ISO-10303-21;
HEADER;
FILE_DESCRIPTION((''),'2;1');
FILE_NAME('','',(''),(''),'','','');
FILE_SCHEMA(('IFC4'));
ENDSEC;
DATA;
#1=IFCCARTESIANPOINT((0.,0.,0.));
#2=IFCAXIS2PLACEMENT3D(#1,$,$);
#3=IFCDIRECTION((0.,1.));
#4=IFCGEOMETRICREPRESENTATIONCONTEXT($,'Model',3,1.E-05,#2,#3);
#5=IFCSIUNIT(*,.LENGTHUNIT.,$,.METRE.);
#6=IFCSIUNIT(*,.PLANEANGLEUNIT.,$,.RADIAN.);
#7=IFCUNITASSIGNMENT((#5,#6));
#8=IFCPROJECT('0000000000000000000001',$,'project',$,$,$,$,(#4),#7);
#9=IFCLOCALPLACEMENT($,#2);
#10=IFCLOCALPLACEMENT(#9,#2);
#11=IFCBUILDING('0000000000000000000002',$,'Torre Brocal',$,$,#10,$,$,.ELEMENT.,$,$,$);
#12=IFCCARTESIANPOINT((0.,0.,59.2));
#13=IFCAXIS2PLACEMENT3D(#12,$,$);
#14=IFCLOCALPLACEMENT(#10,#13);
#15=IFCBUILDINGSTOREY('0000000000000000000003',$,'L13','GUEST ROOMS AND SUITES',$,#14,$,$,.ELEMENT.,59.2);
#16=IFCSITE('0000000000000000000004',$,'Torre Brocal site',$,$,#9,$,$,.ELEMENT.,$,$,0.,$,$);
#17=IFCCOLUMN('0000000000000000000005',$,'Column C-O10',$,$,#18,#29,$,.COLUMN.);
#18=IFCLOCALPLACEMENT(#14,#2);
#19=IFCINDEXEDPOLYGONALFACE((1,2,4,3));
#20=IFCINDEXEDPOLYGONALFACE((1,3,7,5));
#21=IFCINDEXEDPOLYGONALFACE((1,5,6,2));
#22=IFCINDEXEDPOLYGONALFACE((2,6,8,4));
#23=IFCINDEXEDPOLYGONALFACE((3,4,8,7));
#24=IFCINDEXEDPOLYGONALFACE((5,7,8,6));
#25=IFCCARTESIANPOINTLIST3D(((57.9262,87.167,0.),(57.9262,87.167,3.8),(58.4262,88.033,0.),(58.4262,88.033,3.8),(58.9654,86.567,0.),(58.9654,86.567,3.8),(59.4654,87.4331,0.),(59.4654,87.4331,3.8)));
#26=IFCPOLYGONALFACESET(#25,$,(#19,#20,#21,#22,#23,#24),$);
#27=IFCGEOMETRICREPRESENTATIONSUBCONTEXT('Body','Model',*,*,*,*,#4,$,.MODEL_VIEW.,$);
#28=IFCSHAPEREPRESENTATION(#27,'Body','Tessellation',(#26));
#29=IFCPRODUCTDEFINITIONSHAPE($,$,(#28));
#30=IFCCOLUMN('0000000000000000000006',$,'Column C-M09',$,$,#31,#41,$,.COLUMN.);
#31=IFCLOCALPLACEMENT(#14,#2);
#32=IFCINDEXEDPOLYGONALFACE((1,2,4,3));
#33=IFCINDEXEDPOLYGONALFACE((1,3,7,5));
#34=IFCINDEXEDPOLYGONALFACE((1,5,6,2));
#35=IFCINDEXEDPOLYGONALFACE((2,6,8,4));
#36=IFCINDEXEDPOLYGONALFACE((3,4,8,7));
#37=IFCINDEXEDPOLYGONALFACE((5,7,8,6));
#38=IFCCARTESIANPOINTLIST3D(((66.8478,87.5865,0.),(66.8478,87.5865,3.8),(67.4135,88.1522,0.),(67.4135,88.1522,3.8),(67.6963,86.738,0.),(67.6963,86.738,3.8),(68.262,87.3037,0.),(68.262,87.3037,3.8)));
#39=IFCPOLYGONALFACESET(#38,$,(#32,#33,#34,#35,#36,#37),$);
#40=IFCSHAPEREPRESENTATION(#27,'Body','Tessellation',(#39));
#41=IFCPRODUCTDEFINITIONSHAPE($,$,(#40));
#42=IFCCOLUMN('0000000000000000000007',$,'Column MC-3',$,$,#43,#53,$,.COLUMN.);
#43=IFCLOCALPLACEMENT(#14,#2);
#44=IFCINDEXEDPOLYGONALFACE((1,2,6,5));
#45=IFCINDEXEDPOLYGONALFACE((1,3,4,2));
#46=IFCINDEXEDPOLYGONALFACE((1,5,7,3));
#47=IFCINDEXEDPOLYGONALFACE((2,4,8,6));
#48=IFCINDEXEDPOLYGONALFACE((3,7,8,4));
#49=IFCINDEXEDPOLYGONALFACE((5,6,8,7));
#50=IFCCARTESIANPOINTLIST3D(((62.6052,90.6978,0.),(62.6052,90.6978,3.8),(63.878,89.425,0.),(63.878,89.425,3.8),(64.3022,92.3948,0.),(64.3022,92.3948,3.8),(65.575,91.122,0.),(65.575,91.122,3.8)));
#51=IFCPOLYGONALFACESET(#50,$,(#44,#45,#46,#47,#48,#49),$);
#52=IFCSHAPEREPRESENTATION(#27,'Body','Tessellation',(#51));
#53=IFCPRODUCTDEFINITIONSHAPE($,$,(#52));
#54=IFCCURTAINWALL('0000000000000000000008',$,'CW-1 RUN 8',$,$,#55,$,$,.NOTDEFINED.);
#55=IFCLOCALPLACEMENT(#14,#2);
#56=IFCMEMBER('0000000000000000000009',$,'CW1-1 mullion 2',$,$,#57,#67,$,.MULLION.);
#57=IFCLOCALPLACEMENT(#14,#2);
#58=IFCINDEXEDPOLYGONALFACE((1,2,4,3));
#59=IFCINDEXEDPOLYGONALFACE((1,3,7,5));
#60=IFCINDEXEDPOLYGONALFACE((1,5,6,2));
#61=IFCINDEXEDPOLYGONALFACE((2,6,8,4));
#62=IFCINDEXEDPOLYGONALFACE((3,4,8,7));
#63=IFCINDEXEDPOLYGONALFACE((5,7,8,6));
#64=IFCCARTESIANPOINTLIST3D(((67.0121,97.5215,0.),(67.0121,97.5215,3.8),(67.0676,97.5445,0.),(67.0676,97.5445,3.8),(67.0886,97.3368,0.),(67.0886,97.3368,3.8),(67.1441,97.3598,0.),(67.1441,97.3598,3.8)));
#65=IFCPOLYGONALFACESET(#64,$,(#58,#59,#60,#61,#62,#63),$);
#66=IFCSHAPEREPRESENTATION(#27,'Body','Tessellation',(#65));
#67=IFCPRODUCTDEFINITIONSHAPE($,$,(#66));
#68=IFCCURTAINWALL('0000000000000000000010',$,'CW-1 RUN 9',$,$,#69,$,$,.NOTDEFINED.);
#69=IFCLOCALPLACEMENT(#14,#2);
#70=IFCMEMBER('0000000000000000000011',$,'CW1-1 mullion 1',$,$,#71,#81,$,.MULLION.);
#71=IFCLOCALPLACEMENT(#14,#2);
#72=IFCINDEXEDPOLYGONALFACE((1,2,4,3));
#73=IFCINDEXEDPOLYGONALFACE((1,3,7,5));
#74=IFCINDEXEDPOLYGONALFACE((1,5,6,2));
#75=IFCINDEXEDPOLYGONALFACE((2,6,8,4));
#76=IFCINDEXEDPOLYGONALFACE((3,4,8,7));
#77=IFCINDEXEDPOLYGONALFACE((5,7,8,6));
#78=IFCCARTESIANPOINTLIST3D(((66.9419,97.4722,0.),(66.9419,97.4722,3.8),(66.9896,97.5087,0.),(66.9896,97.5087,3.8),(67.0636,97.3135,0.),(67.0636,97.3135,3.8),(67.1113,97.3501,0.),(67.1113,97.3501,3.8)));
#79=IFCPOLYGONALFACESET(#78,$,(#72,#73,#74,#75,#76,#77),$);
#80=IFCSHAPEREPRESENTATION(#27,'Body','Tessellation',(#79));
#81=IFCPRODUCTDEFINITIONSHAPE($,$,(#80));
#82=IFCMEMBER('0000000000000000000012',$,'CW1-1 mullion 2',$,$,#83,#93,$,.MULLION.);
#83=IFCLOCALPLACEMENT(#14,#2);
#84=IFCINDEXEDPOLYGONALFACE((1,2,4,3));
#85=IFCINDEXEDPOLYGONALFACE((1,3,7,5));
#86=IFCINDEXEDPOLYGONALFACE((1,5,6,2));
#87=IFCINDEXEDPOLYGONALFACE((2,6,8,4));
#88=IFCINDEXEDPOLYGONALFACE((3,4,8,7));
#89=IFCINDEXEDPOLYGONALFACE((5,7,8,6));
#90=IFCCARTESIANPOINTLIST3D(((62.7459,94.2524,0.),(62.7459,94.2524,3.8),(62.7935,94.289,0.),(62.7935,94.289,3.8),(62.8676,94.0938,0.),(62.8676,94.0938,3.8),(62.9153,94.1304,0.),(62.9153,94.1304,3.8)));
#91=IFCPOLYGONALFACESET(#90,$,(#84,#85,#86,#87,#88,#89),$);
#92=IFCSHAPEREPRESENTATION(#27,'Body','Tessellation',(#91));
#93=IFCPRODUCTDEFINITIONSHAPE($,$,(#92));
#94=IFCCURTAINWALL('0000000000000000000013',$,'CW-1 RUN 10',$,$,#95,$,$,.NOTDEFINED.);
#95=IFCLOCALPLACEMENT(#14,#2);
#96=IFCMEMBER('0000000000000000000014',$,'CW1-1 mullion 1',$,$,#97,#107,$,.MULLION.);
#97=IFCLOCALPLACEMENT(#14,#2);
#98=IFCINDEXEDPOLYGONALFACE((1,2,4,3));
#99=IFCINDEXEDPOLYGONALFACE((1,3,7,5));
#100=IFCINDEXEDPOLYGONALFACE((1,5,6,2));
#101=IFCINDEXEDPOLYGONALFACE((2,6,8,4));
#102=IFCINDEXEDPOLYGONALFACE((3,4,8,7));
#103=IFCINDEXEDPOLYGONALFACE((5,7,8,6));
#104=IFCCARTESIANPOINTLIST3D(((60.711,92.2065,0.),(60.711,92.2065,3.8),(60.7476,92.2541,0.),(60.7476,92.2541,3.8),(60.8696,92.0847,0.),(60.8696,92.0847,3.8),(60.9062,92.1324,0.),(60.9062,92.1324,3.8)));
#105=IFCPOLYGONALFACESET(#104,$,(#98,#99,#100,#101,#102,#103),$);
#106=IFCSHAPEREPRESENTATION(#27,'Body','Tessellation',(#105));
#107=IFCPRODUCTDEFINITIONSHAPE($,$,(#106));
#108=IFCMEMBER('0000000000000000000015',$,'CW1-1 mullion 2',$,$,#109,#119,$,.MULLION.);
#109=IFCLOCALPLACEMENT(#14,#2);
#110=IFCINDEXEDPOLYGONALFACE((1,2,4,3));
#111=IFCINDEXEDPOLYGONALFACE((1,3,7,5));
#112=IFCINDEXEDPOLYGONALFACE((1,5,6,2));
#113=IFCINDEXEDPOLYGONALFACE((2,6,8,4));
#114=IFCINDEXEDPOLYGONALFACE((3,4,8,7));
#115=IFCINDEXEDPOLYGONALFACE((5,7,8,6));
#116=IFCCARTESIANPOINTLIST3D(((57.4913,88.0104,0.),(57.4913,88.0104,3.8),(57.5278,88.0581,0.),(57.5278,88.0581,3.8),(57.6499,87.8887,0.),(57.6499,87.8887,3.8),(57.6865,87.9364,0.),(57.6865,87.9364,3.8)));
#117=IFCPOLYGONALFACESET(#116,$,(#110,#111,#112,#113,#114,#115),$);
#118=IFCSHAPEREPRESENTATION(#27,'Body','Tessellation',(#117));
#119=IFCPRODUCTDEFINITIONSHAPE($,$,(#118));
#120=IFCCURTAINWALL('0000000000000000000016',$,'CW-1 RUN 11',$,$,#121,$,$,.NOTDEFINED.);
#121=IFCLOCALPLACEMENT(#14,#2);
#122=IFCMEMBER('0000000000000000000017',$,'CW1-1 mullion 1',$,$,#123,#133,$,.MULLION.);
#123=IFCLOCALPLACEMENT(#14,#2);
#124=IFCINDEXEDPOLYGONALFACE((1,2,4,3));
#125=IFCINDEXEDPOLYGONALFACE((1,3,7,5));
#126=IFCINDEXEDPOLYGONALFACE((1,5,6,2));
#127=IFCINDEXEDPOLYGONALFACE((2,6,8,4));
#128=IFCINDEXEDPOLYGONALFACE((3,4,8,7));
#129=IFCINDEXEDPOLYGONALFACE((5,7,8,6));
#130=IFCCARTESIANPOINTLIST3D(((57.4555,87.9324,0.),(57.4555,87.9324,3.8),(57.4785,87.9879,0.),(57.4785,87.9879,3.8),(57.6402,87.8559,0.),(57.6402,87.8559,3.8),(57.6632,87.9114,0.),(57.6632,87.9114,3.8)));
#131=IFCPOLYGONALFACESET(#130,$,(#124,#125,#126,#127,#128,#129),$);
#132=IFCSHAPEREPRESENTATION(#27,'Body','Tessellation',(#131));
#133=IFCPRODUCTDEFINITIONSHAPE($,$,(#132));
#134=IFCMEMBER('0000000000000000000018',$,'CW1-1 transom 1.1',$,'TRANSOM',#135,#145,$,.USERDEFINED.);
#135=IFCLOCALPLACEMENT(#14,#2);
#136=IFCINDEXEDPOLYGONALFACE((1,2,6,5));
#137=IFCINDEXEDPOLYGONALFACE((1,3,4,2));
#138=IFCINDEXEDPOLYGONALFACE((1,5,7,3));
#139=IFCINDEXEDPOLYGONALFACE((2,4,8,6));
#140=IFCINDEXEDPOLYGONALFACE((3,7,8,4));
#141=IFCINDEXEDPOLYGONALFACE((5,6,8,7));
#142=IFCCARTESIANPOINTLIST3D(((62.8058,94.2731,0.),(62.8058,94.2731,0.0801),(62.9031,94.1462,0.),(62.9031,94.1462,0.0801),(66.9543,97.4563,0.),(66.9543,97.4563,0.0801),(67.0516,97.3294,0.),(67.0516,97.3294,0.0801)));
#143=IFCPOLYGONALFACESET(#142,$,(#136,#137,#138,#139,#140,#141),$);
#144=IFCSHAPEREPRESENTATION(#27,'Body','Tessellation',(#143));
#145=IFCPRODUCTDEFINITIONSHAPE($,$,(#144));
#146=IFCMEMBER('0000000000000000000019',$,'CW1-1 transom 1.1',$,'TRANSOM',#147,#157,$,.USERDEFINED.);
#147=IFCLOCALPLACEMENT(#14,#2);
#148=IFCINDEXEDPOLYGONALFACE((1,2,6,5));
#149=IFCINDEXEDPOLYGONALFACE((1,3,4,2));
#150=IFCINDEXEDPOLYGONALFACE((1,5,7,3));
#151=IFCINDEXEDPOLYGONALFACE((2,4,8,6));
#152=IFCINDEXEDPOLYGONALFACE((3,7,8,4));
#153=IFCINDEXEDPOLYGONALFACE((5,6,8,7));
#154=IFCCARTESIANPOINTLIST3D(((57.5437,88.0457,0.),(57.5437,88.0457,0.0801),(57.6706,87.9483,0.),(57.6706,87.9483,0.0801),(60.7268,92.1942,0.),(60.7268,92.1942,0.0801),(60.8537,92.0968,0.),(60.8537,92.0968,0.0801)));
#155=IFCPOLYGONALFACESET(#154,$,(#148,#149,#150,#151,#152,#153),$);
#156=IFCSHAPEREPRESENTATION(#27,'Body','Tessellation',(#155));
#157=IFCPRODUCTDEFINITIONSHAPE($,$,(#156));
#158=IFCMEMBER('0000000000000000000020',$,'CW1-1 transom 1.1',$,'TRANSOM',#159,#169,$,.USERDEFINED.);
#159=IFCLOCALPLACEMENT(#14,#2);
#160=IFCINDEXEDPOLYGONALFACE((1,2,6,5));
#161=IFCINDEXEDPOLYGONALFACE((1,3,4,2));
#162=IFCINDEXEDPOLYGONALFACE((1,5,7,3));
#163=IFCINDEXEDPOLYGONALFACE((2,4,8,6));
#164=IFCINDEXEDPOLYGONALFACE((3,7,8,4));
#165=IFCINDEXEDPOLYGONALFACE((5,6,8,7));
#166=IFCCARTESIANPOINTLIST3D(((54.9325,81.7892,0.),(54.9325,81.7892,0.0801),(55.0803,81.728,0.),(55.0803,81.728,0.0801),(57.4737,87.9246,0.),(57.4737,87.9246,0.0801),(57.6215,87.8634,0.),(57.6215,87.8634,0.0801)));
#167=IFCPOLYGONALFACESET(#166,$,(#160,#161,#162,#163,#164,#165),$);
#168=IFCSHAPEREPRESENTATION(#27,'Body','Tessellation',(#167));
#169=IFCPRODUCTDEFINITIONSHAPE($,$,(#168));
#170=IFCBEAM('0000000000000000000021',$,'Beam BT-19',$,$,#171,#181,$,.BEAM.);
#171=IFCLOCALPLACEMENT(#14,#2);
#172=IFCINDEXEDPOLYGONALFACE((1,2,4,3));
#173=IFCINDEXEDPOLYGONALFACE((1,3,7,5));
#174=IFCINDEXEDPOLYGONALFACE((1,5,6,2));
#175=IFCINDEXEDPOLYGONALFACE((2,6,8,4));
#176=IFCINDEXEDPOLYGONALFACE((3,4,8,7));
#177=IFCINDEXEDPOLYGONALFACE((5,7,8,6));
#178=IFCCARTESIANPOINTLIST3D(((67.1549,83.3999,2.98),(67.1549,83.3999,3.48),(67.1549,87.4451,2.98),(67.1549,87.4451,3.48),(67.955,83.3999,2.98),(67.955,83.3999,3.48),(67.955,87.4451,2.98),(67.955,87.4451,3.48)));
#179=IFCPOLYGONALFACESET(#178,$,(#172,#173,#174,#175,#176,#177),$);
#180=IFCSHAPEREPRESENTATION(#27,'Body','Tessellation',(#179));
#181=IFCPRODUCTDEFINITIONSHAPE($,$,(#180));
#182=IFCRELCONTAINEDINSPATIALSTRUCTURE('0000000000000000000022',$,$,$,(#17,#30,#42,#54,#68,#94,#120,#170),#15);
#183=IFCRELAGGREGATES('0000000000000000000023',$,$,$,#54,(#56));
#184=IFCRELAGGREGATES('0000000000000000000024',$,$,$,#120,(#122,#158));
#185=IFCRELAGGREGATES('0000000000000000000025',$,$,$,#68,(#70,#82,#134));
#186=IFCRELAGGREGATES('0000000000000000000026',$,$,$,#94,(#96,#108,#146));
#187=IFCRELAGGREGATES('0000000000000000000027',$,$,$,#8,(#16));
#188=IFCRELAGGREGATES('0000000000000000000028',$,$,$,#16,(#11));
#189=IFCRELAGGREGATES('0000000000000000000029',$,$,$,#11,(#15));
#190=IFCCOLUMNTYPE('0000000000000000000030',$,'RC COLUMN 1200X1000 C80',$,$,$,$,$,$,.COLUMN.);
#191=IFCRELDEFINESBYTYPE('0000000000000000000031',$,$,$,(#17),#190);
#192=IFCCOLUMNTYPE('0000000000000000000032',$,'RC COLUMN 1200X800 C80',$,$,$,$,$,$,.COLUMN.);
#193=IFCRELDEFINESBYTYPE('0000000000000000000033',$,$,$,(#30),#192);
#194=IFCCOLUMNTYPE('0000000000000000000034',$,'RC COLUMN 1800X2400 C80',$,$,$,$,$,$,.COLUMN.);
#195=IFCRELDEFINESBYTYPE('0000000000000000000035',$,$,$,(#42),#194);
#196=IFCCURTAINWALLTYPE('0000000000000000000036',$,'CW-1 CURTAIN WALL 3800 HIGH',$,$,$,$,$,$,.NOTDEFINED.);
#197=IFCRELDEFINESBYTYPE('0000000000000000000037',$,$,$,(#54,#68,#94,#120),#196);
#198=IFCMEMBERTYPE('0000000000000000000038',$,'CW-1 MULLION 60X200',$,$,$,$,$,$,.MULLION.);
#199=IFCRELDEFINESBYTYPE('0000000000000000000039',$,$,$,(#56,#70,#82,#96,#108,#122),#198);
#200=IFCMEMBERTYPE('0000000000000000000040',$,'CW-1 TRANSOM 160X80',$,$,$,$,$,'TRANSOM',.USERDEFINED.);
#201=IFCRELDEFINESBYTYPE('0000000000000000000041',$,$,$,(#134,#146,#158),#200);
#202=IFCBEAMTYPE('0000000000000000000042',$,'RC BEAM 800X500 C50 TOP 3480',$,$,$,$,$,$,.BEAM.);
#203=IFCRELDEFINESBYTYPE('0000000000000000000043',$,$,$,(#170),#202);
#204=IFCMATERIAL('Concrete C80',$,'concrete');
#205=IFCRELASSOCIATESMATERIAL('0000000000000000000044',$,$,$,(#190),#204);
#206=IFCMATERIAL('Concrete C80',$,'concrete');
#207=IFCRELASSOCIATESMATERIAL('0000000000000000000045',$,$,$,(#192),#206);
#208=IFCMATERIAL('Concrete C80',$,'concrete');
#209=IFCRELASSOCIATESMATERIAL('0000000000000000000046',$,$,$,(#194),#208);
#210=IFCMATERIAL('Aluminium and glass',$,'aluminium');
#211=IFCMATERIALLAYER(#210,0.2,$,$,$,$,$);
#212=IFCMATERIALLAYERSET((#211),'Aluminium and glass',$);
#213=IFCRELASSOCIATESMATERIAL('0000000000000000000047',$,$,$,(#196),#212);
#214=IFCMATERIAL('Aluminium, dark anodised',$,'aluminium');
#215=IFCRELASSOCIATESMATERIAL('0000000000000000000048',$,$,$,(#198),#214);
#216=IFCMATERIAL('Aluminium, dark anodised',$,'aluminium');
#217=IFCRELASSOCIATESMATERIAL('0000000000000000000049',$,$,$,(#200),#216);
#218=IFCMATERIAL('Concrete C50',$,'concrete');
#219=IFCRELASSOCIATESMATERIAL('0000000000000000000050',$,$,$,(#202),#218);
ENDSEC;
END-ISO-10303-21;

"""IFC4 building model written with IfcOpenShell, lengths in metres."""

from ifc_helpers import new_model, si_unit, direction, frame, origin, origin_2d, place, context, subcontext, project, spatial, rectangle, extrude, material, layer, layer_set, material_profile, profile_set, type_object, element, aggregate, save


model = new_model("IFC4")

# Units and contexts
model_context = context("Model", 3, precision=1e-05, world=origin(), true_north=direction((0.0, 1.0)))
body_context = subcontext(model_context, "Body", "Model", "MODEL_VIEW")
ifc_project = project(units=[si_unit("LENGTHUNIT", "METRE"), si_unit("PLANEANGLEUNIT", "RADIAN")], contexts=[model_context])

# Site, building, storey
site_placement = place(None, origin())
site = spatial("IfcSite", under=ifc_project, at=site_placement, Name="Torre Brocal site", CompositionType="ELEMENT", RefElevation=0.0)
building_placement = place(site_placement, origin())
building = spatial("IfcBuilding", under=site, at=building_placement, Name="Torre Brocal", CompositionType="ELEMENT")
storey_placement = place(building_placement, frame((0.0, 0.0, 59.2)))
storey = spatial("IfcBuildingStorey", under=building, at=storey_placement, Name="L13", Description="GUEST ROOMS AND SUITES", CompositionType="ELEMENT", Elevation=59.2)

# Columns
ifc_material_1 = material(Name="Concrete C80", Category="concrete")
ifc_material_profile_1 = material_profile(ifc_material_1, rectangle(XDim=1.2, YDim=1.0, at=origin_2d()), Name="RC 1200X1000")
ifc_profile_set_1 = profile_set([ifc_material_profile_1], Name="Concrete C80")
column_type_1 = type_object("IfcColumnType", Name="RC COLUMN 1200X1000 C80", PredefinedType="COLUMN", material=ifc_profile_set_1)
column_1_placement = place(storey_placement, frame((58.6958, 87.3, 0.0), z_axis=(0.0, 0.0, 1.0), x_axis=(-0.866025, 0.5, 0.0)))
element("IfcColumn", 1, at=column_1_placement, inside=storey, type_object=column_type_1, Name="Column C-O10", PredefinedType="COLUMN", context=body_context, shape_type="SweptSolid", body=[
    extrude(rectangle(XDim=1.2, YDim=1.0, at=origin_2d()), origin(), (0.0, 0.0, 1.0), 3.8),
])
ifc_material_2 = material(Name="Concrete C80", Category="concrete")
ifc_material_profile_2 = material_profile(ifc_material_2, rectangle(XDim=1.2, YDim=0.8, at=origin_2d()), Name="RC 1200X800")
ifc_profile_set_2 = profile_set([ifc_material_profile_2], Name="Concrete C80")
column_type_2 = type_object("IfcColumnType", Name="RC COLUMN 1200X800 C80", PredefinedType="COLUMN", material=ifc_profile_set_2)
column_2_placement = place(storey_placement, frame((67.5549, 87.4451, 0.0), z_axis=(0.0, 0.0, 1.0), x_axis=(-0.707107, 0.707107, 0.0)))
element("IfcColumn", 2, at=column_2_placement, inside=storey, type_object=column_type_2, Name="Column C-M09", PredefinedType="COLUMN", context=body_context, shape_type="SweptSolid", body=[
    extrude(rectangle(XDim=1.2, YDim=0.8, at=origin_2d()), origin(), (0.0, 0.0, 1.0), 3.8),
])
ifc_material_3 = material(Name="Concrete C80", Category="concrete")
ifc_material_profile_3 = material_profile(ifc_material_3, rectangle(XDim=1.8, YDim=2.3999, at=origin_2d()), Name="RC 1800X2400")
ifc_profile_set_3 = profile_set([ifc_material_profile_3], Name="Concrete C80")
column_type_3 = type_object("IfcColumnType", Name="RC COLUMN 1800X2400 C80", PredefinedType="COLUMN", material=ifc_profile_set_3)
column_3_placement = place(storey_placement, frame((64.0901, 90.9099, 0.0), z_axis=(0.0, 0.0, 1.0), x_axis=(-0.707107, 0.707107, 0.0)))
element("IfcColumn", 3, at=column_3_placement, inside=storey, type_object=column_type_3, Name="Column MC-3", PredefinedType="COLUMN", context=body_context, shape_type="SweptSolid", body=[
    extrude(rectangle(XDim=1.8, YDim=2.3999, at=origin_2d()), origin(), (0.0, 0.0, 1.0), 3.8),
])

# Curtain wall, member
ifc_material_4 = material(Name="Aluminium and glass", Category="aluminium")
ifc_layer_1 = layer(ifc_material_4, 0.2)
ifc_layer_set_1 = layer_set([ifc_layer_1], Name="Aluminium and glass")
curtain_wall_type = type_object("IfcCurtainWallType", Name="CW-1 CURTAIN WALL 3800 HIGH", PredefinedType="NOTDEFINED", material=ifc_layer_set_1)
curtain_wall_1_placement = place(storey_placement, origin())
curtain_wall_1 = element("IfcCurtainWall", 4, at=curtain_wall_1_placement, inside=storey, type_object=curtain_wall_type, Name="CW-1 RUN 8", PredefinedType="NOTDEFINED")
ifc_material_5 = material(Name="Aluminium, dark anodised", Category="aluminium")
ifc_material_profile_4 = material_profile(ifc_material_5, rectangle(XDim=0.2, YDim=0.0601, at=origin_2d()), Name="CW-1 MULLION 60X200")
ifc_profile_set_4 = profile_set([ifc_material_profile_4], Name="Aluminium, dark anodised")
member_type_1 = type_object("IfcMemberType", Name="CW-1 MULLION 60X200", PredefinedType="MULLION", material=ifc_profile_set_4)
member_1_placement = place(storey_placement, frame((67.0781, 97.4407, 0.0), z_axis=(0.0, 0.0, 1.0), x_axis=(0.382683, -0.92388, 0.0)))
member_1 = element("IfcMember", 5, at=member_1_placement, type_object=member_type_1, Name="CW1-1 mullion 2", PredefinedType="MULLION", context=body_context, shape_type="SweptSolid", body=[
    extrude(rectangle(XDim=0.2, YDim=0.0601, at=origin_2d()), origin(), (0.0, 0.0, 1.0), 3.8),
])
aggregate(curtain_wall_1, [member_1])

# Curtain walls, members
curtain_wall_2_placement = place(storey_placement, origin())
curtain_wall_2 = element("IfcCurtainWall", 6, at=curtain_wall_2_placement, inside=storey, type_object=curtain_wall_type, Name="CW-1 RUN 9", PredefinedType="NOTDEFINED")
member_2_placement = place(storey_placement, frame((67.0266, 97.4111, 0.0), z_axis=(0.0, 0.0, 1.0), x_axis=(0.608761, -0.793353, 0.0)))
member_2 = element("IfcMember", 7, at=member_2_placement, type_object=member_type_1, Name="CW1-1 mullion 1", PredefinedType="MULLION", context=body_context, shape_type="SweptSolid", body=[
    extrude(rectangle(XDim=0.2, YDim=0.0601, at=origin_2d()), origin(), (0.0, 0.0, 1.0), 3.8),
])
member_3_placement = place(storey_placement, frame((62.8306, 94.1914, 0.0), z_axis=(0.0, 0.0, 1.0), x_axis=(0.608761, -0.793353, 0.0)))
member_3 = element("IfcMember", 8, at=member_3_placement, type_object=member_type_1, Name="CW1-1 mullion 2", PredefinedType="MULLION", context=body_context, shape_type="SweptSolid", body=[
    extrude(rectangle(XDim=0.2, YDim=0.0601, at=origin_2d()), origin(), (0.0, 0.0, 1.0), 3.8),
])
curtain_wall_3_placement = place(storey_placement, origin())
curtain_wall_3 = element("IfcCurtainWall", 9, at=curtain_wall_3_placement, inside=storey, type_object=curtain_wall_type, Name="CW-1 RUN 10", PredefinedType="NOTDEFINED")
member_4_placement = place(storey_placement, frame((60.8086, 92.1694, 0.0), z_axis=(0.0, 0.0, 1.0), x_axis=(0.793353, -0.608761, 0.0)))
member_4 = element("IfcMember", 10, at=member_4_placement, type_object=member_type_1, Name="CW1-1 mullion 1", PredefinedType="MULLION", context=body_context, shape_type="SweptSolid", body=[
    extrude(rectangle(XDim=0.2, YDim=0.0601, at=origin_2d()), origin(), (0.0, 0.0, 1.0), 3.8),
])
member_5_placement = place(storey_placement, frame((57.5889, 87.9734, 0.0), z_axis=(0.0, 0.0, 1.0), x_axis=(0.793353, -0.608761, 0.0)))
member_5 = element("IfcMember", 11, at=member_5_placement, type_object=member_type_1, Name="CW1-1 mullion 2", PredefinedType="MULLION", context=body_context, shape_type="SweptSolid", body=[
    extrude(rectangle(XDim=0.2, YDim=0.0601, at=origin_2d()), origin(), (0.0, 0.0, 1.0), 3.8),
])

# Curtain wall, member
curtain_wall_4_placement = place(storey_placement, origin())
curtain_wall_4 = element("IfcCurtainWall", 12, at=curtain_wall_4_placement, inside=storey, type_object=curtain_wall_type, Name="CW-1 RUN 11", PredefinedType="NOTDEFINED")
member_6_placement = place(storey_placement, frame((57.5593, 87.9219, 0.0), z_axis=(0.0, 0.0, 1.0), x_axis=(0.92388, -0.382683, 0.0)))
member_6 = element("IfcMember", 13, at=member_6_placement, type_object=member_type_1, Name="CW1-1 mullion 1", PredefinedType="MULLION", context=body_context, shape_type="SweptSolid", body=[
    extrude(rectangle(XDim=0.2, YDim=0.0601, at=origin_2d()), origin(), (0.0, 0.0, 1.0), 3.8),
])

# Members
ifc_material_6 = material(Name="Aluminium, dark anodised", Category="aluminium")
ifc_material_profile_5 = material_profile(ifc_material_6, rectangle(XDim=0.1599, YDim=0.0801, at=origin_2d()), Name="CW-1 TRANSOM 160X80")
ifc_profile_set_5 = profile_set([ifc_material_profile_5], Name="Aluminium, dark anodised")
member_type_2 = type_object("IfcMemberType", Name="CW-1 TRANSOM 160X80", ElementType="TRANSOM", PredefinedType="USERDEFINED", material=ifc_profile_set_5)
member_7_placement = place(storey_placement, frame((67.0029, 97.3928, 0.04), z_axis=(-0.793363, -0.608749, 0.0), x_axis=(0.608749, -0.793363, 0.0)))
member_7 = element("IfcMember", 14, at=member_7_placement, type_object=member_type_2, Name="CW1-1 transom 1.1", ObjectType="TRANSOM", PredefinedType="USERDEFINED", context=body_context, shape_type="SweptSolid", body=[
    extrude(rectangle(XDim=0.1599, YDim=0.0801, at=origin_2d()), origin(), (0.0, 0.0, 1.0), 5.229),
])
member_8_placement = place(storey_placement, frame((60.7903, 92.1455, 0.04), z_axis=(-0.608749, -0.793363, 0.0), x_axis=(0.793363, -0.608749, 0.0)))
member_8 = element("IfcMember", 15, at=member_8_placement, type_object=member_type_2, Name="CW1-1 transom 1.1", ObjectType="TRANSOM", PredefinedType="USERDEFINED", context=body_context, shape_type="SweptSolid", body=[
    extrude(rectangle(XDim=0.1599, YDim=0.0801, at=origin_2d()), origin(), (0.0, 0.0, 1.0), 5.229),
])
member_9_placement = place(storey_placement, frame((57.5476, 87.894, 0.04), z_axis=(-0.382665, -0.923887, 0.0), x_axis=(0.923887, -0.382665, 0.0)))
member_9 = element("IfcMember", 16, at=member_9_placement, type_object=member_type_2, Name="CW1-1 transom 1.1", ObjectType="TRANSOM", PredefinedType="USERDEFINED", context=body_context, shape_type="SweptSolid", body=[
    extrude(rectangle(XDim=0.1599, YDim=0.0801, at=origin_2d()), origin(), (0.0, 0.0, 1.0), 6.6409),
])
aggregate(curtain_wall_4, [member_6, member_9])

# Beam
ifc_material_7 = material(Name="Concrete C50", Category="concrete")
ifc_material_profile_6 = material_profile(ifc_material_7, rectangle(XDim=0.8, YDim=0.5, at=origin_2d()), Name="RC 800X500")
ifc_profile_set_6 = profile_set([ifc_material_profile_6], Name="Concrete C50")
beam_type_1 = type_object("IfcBeamType", Name="RC BEAM 800X500 C50 TOP 3480", PredefinedType="BEAM", material=ifc_profile_set_6)
beam_1_placement = place(storey_placement, frame((67.5549, 87.4451, 3.23), z_axis=(0.0, -1.0, 0.0), x_axis=(1.0, 0.0, 0.0)))
element("IfcBeam", 17, at=beam_1_placement, inside=storey, type_object=beam_type_1, Name="Beam BT-19", PredefinedType="BEAM", context=body_context, shape_type="SweptSolid", body=[
    extrude(rectangle(XDim=0.8, YDim=0.5, at=origin_2d()), origin(), (0.0, 0.0, 1.0), 4.0452),
])

aggregate(curtain_wall_2, [member_2, member_3, member_7])
aggregate(curtain_wall_3, [member_4, member_5, member_8])

save(model, "model.ifc")
